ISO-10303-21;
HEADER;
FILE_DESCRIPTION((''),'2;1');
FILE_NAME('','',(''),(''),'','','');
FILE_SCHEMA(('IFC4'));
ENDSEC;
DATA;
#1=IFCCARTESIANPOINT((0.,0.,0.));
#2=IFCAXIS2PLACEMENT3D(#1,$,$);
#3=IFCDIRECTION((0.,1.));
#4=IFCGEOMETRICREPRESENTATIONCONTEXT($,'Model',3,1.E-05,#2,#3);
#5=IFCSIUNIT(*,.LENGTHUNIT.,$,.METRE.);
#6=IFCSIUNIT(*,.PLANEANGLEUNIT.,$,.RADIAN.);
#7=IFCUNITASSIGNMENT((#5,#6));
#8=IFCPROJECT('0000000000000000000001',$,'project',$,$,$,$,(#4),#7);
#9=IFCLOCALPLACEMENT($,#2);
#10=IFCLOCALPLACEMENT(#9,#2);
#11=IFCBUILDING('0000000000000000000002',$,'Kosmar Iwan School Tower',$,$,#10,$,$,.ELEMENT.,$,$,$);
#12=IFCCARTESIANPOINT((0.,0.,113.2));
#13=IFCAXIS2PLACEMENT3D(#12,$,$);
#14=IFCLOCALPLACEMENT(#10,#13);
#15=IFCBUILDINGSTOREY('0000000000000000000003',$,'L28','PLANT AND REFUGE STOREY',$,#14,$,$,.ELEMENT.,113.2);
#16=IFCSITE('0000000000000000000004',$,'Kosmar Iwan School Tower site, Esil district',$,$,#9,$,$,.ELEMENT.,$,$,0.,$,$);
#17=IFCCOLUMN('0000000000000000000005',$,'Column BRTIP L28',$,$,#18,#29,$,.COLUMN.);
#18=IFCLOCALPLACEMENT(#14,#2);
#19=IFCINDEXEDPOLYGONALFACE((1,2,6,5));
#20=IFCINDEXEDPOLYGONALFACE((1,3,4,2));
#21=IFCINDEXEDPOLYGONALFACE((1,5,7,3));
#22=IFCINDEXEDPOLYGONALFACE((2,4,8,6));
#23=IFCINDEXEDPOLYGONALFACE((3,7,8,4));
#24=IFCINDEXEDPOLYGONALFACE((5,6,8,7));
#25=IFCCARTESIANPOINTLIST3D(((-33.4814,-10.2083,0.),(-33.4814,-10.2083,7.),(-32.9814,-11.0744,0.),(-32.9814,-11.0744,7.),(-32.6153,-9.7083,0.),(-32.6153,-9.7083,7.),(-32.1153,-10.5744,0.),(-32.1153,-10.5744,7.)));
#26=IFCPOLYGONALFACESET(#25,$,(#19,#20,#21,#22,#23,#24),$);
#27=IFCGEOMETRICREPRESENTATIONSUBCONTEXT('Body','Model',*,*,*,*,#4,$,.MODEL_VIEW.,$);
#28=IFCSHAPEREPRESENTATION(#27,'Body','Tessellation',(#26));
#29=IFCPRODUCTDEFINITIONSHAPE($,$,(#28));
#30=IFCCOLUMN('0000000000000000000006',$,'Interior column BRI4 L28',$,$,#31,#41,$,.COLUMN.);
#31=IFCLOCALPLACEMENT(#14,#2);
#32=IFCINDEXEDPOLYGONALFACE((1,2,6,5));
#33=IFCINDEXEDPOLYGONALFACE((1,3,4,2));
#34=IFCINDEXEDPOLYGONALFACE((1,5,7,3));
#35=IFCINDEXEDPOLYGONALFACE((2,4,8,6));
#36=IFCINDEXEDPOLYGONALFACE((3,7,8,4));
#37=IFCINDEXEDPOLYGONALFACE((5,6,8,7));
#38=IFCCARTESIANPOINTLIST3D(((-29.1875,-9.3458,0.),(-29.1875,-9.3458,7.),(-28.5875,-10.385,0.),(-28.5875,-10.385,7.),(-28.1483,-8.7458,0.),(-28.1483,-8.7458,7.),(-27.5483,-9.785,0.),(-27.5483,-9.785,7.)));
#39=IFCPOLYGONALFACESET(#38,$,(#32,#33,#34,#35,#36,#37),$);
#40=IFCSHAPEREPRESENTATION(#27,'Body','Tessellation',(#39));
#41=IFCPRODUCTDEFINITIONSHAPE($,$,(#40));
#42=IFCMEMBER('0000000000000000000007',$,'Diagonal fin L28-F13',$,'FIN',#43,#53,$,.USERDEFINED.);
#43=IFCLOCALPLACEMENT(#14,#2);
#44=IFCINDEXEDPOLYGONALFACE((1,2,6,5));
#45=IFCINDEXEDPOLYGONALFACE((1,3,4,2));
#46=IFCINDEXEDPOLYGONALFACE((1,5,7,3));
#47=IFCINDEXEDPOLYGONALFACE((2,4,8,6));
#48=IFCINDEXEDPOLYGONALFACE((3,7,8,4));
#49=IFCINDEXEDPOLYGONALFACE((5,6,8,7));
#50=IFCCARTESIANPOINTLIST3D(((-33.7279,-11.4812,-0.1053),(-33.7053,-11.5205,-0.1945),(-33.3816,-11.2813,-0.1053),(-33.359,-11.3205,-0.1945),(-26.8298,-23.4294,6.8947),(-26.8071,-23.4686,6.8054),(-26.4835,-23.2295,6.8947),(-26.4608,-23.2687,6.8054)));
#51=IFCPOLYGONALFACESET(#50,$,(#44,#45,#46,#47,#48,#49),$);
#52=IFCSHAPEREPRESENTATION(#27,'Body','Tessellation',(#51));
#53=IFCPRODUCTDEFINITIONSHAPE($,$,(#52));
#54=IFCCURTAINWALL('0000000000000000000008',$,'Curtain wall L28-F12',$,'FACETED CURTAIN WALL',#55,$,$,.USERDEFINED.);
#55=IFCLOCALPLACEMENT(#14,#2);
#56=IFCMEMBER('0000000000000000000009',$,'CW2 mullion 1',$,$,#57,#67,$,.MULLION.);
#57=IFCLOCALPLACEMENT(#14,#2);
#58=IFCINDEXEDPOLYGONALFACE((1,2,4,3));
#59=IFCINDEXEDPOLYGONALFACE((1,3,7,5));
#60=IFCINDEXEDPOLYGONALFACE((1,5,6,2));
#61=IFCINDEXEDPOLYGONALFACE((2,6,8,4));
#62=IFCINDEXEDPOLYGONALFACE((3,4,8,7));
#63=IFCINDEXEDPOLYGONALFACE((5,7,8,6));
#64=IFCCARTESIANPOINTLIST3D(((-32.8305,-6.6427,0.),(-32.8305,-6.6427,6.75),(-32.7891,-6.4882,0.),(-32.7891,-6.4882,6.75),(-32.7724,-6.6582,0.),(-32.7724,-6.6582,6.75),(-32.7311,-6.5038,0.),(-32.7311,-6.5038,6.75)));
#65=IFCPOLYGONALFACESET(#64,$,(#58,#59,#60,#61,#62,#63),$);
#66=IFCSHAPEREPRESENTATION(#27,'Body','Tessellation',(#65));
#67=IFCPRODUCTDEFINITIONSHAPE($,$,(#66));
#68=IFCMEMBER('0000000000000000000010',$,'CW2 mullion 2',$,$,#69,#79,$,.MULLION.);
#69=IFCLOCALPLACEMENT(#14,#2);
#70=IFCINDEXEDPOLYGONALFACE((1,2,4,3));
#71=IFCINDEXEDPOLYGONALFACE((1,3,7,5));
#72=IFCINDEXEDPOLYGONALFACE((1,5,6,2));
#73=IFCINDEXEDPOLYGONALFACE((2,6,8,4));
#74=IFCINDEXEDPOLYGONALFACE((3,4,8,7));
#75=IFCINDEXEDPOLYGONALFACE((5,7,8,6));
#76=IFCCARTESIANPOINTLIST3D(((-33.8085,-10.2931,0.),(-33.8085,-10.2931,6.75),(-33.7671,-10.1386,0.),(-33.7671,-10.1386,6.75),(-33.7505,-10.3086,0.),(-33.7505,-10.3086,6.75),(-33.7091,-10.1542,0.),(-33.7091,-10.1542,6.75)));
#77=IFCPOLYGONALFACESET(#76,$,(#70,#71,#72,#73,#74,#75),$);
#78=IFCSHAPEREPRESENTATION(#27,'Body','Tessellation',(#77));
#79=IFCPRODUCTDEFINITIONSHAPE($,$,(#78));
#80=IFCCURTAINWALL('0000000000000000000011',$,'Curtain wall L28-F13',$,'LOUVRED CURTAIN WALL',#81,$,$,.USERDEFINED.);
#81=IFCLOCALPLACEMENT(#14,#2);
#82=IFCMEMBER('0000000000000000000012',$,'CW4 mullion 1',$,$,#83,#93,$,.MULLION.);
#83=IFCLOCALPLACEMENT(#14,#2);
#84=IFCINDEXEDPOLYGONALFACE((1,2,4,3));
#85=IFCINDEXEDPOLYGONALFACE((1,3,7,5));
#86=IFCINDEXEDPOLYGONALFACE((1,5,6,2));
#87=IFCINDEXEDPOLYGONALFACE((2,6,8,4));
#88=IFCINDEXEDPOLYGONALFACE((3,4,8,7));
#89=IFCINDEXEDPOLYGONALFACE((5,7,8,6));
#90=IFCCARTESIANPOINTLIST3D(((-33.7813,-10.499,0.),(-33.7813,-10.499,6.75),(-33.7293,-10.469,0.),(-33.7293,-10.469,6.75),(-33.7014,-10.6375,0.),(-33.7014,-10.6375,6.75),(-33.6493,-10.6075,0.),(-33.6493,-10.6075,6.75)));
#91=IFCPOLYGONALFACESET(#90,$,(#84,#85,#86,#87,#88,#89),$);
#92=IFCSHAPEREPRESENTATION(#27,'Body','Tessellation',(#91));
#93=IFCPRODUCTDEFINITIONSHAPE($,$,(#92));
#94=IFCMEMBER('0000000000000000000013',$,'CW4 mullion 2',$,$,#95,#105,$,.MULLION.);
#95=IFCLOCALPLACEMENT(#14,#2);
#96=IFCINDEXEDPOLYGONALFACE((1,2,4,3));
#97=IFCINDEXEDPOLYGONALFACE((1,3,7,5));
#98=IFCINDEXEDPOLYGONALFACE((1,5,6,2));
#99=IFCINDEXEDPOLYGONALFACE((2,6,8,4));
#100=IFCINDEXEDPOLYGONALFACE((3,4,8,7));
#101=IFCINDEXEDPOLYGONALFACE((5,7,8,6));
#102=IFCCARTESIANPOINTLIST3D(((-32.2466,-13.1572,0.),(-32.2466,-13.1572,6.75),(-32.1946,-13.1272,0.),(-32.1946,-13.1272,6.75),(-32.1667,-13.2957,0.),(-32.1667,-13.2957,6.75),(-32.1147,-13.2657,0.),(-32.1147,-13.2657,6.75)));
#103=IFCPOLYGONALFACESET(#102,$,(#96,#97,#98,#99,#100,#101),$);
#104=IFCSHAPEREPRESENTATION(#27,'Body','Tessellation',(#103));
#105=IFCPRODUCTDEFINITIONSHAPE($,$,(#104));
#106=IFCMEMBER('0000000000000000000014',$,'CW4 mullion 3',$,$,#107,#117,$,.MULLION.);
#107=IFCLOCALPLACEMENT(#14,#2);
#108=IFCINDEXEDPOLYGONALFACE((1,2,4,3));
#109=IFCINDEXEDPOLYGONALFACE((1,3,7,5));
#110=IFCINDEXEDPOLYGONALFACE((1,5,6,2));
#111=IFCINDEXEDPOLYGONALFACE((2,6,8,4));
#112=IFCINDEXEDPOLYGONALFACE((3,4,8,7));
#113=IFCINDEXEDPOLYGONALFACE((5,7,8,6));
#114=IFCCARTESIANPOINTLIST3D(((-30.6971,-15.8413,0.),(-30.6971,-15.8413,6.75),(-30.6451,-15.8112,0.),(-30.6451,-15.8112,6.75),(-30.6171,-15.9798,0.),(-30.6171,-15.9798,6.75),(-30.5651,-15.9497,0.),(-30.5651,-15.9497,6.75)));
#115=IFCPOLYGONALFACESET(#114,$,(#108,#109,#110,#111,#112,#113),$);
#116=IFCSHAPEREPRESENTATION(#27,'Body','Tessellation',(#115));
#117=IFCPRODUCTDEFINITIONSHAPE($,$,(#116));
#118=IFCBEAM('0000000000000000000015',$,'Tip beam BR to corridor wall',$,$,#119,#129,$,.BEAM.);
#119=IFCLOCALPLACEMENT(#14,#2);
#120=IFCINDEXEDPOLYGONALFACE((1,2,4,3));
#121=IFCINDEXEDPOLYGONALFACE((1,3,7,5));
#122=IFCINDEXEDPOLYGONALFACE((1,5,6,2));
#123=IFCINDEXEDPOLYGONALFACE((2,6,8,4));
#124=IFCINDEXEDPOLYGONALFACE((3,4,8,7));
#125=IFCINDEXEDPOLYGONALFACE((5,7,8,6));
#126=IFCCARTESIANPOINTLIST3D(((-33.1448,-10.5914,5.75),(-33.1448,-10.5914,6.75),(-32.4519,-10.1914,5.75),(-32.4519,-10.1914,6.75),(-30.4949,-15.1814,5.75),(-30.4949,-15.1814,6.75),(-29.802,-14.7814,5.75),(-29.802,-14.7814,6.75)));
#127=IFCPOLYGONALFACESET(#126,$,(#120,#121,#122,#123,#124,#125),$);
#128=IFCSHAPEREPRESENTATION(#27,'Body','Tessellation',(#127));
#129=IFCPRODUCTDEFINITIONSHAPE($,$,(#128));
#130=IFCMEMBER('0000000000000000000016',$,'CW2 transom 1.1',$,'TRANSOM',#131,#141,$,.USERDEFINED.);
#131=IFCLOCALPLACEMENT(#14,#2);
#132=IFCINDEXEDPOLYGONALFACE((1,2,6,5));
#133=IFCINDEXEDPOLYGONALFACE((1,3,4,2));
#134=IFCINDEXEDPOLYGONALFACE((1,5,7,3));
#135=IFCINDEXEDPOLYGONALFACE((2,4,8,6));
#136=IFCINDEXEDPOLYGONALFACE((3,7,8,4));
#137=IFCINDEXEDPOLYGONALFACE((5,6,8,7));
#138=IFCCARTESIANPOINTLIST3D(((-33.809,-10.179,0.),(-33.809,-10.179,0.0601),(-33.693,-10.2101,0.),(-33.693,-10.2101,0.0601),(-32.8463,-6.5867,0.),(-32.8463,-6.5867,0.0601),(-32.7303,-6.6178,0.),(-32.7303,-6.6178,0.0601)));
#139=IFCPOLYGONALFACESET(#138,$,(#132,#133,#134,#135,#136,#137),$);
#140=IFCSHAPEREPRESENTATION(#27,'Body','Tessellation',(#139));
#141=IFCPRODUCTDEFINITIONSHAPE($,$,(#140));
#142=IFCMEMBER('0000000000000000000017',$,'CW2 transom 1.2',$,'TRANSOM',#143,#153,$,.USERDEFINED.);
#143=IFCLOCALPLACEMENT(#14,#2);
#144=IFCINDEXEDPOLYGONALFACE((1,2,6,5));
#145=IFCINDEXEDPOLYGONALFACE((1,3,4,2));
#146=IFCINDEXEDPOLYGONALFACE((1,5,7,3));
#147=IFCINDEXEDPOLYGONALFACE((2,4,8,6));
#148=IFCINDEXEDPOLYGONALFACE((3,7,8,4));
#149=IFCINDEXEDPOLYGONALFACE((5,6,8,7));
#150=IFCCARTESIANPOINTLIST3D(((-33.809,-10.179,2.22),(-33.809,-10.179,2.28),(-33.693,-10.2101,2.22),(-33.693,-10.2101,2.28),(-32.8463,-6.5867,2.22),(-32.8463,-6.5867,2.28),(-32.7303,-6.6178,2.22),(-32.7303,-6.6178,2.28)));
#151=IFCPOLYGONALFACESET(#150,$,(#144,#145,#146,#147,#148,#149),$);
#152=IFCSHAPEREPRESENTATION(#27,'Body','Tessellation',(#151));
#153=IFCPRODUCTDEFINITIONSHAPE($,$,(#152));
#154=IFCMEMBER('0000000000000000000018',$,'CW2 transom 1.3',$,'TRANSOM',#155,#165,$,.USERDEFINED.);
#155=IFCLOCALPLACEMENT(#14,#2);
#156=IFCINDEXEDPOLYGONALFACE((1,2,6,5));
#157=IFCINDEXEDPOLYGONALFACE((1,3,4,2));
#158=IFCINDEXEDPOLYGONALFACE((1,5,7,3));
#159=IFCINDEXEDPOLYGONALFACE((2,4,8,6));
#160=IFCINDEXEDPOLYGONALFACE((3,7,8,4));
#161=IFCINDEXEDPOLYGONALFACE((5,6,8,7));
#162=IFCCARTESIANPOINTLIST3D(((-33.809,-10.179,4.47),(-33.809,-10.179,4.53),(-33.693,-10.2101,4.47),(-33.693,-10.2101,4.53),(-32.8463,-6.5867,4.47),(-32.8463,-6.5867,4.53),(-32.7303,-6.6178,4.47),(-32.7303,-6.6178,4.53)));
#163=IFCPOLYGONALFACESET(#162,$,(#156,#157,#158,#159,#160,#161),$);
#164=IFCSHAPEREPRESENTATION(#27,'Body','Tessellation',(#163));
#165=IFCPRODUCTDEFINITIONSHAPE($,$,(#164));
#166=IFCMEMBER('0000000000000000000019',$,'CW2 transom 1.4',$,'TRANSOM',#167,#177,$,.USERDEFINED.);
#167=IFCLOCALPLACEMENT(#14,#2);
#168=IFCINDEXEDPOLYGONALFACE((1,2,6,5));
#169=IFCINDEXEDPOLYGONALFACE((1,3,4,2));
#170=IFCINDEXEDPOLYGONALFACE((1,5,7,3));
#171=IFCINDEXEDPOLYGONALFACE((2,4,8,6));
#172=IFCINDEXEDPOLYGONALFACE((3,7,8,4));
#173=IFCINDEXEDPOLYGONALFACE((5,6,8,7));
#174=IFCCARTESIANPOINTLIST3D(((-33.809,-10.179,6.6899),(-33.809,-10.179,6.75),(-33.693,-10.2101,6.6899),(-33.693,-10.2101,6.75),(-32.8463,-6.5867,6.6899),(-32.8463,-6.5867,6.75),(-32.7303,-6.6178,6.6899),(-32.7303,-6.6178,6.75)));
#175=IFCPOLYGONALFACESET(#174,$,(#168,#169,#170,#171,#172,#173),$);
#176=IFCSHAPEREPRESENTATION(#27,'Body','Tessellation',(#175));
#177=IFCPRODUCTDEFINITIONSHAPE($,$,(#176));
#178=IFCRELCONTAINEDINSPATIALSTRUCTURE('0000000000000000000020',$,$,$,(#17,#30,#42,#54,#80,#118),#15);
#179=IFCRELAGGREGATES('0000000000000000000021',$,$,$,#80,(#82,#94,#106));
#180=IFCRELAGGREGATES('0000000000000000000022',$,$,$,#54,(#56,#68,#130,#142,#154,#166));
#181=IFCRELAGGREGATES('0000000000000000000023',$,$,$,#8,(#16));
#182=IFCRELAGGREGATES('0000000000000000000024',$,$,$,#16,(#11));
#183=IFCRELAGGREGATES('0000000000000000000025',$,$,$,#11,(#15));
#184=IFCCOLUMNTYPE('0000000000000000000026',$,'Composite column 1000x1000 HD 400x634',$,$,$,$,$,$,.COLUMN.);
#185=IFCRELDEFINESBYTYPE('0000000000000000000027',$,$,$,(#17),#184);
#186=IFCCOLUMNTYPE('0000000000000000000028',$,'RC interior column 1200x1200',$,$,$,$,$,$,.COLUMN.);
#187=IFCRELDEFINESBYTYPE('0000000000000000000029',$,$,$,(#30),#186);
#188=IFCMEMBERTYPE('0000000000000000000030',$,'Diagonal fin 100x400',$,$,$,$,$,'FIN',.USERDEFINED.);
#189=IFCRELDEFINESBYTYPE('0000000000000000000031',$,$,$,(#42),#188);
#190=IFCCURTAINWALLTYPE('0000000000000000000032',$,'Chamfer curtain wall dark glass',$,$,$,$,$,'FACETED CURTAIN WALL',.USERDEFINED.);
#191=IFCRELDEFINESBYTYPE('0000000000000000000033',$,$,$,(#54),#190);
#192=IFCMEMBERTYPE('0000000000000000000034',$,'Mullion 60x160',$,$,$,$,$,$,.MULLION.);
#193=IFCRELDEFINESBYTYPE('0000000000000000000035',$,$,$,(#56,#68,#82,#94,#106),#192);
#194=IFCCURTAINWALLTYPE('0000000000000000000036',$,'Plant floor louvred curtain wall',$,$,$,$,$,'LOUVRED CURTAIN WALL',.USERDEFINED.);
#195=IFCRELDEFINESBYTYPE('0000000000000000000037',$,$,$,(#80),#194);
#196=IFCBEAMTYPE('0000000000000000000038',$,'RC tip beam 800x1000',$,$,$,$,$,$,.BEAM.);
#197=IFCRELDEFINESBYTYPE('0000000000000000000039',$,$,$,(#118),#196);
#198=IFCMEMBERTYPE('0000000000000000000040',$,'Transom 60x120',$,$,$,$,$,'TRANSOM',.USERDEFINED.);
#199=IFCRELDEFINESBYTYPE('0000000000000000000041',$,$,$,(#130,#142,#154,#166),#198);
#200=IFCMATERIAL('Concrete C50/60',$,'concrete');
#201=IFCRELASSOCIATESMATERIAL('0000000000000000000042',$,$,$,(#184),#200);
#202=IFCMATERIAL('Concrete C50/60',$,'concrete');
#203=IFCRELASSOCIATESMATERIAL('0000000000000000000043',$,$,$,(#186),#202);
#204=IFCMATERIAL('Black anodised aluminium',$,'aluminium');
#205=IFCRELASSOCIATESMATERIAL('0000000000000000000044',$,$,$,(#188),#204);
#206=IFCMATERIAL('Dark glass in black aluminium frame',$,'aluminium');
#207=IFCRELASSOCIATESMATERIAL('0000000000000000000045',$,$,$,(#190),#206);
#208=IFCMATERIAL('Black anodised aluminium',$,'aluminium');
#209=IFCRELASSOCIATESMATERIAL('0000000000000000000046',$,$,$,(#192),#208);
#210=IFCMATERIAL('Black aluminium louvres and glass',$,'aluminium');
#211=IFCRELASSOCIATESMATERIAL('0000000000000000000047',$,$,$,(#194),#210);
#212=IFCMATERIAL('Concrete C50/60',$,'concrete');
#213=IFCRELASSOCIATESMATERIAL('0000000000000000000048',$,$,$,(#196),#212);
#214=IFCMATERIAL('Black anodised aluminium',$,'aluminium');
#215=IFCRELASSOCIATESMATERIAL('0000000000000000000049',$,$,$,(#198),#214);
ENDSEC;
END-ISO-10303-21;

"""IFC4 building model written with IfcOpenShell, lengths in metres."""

from ifc_helpers import new_model, si_unit, direction, frame, origin, origin_2d, place, context, subcontext, project, spatial, rectangle, extrude, material, material_profile, profile_set, type_object, element, aggregate, save


model = new_model("IFC4")

# Units and contexts
model_context = context("Model", 3, precision=1e-05, world=origin(), true_north=direction((0.0, 1.0)))
body_context = subcontext(model_context, "Body", "Model", "MODEL_VIEW")
ifc_project = project(units=[si_unit("LENGTHUNIT", "METRE"), si_unit("PLANEANGLEUNIT", "RADIAN")], contexts=[model_context])

# Site, building, storey
site_placement = place(None, origin())
site = spatial("IfcSite", under=ifc_project, at=site_placement, Name="Kosmar Iwan School Tower site, Esil district", CompositionType="ELEMENT", RefElevation=0.0)
building_placement = place(site_placement, origin())
building = spatial("IfcBuilding", under=site, at=building_placement, Name="Kosmar Iwan School Tower", CompositionType="ELEMENT")
storey_placement = place(building_placement, frame((0.0, 0.0, 113.2)))
storey = spatial("IfcBuildingStorey", under=building, at=storey_placement, Name="L28", Description="PLANT AND REFUGE STOREY", CompositionType="ELEMENT", Elevation=113.2)

# Columns
ifc_material_1 = material(Name="Concrete C50/60", Category="concrete")
ifc_material_profile_1 = material_profile(ifc_material_1, rectangle(XDim=1.0, YDim=1.0, at=origin_2d()), Name="RC 1000x1000 + HD 400x634")
ifc_profile_set_1 = profile_set([ifc_material_profile_1], Name="Concrete C50/60")
column_type_1 = type_object("IfcColumnType", Name="Composite column 1000x1000 HD 400x634", PredefinedType="COLUMN", material=ifc_profile_set_1)
column_1_placement = place(storey_placement, frame((-32.7983, -10.3914, 0.0), z_axis=(0.0, 0.0, 1.0), x_axis=(-0.866025, -0.5, 0.0)))
element("IfcColumn", 1, at=column_1_placement, inside=storey, type_object=column_type_1, Name="Column BRTIP L28", PredefinedType="COLUMN", context=body_context, shape_type="SweptSolid", body=[
    extrude(rectangle(XDim=1.0, YDim=1.0, at=origin_2d()), origin(), (0.0, 0.0, 1.0), 7.0),
])
ifc_material_2 = material(Name="Concrete C50/60", Category="concrete")
ifc_material_profile_2 = material_profile(ifc_material_2, rectangle(XDim=1.2, YDim=1.2, at=origin_2d()), Name="RC 1200x1200")
ifc_profile_set_2 = profile_set([ifc_material_profile_2], Name="Concrete C50/60")
column_type_2 = type_object("IfcColumnType", Name="RC interior column 1200x1200", PredefinedType="COLUMN", material=ifc_profile_set_2)
column_2_placement = place(storey_placement, frame((-28.3679, -9.5654, 0.0), z_axis=(0.0, 0.0, 1.0), x_axis=(-0.866025, -0.5, 0.0)))
element("IfcColumn", 2, at=column_2_placement, inside=storey, type_object=column_type_2, Name="Interior column BRI4 L28", PredefinedType="COLUMN", context=body_context, shape_type="SweptSolid", body=[
    extrude(rectangle(XDim=1.2, YDim=1.2, at=origin_2d()), origin(), (0.0, 0.0, 1.0), 7.0),
])

# Member
ifc_material_3 = material(Name="Black anodised aluminium", Category="aluminium")
ifc_material_profile_3 = material_profile(ifc_material_3, rectangle(XDim=0.1001, YDim=0.3999, at=origin_2d()), Name="FIN 100x400")
ifc_profile_set_3 = profile_set([ifc_material_profile_3], Name="Black anodised aluminium")
member_type_1 = type_object("IfcMemberType", Name="Diagonal fin 100x400", ElementType="FIN", PredefinedType="USERDEFINED", material=ifc_profile_set_3)
member_1_placement = place(storey_placement, frame((-33.5435, -11.4009, -0.1499), z_axis=(0.445885, -0.772309, 0.452465), x_axis=(-0.22623, 0.391848, 0.891782)))
element("IfcMember", 3, at=member_1_placement, inside=storey, type_object=member_type_1, Name="Diagonal fin L28-F13", ObjectType="FIN", PredefinedType="USERDEFINED", context=body_context, shape_type="SweptSolid", body=[
    extrude(rectangle(XDim=0.1001, YDim=0.3999, at=origin_2d()), origin(), (0.0, 0.0, 1.0), 15.4707),
])

# Curtain walls, members
ifc_material_4 = material(Name="Dark glass in black aluminium frame", Category="aluminium")
curtain_wall_type_1 = type_object("IfcCurtainWallType", Name="Chamfer curtain wall dark glass", ElementType="FACETED CURTAIN WALL", PredefinedType="USERDEFINED", material=ifc_material_4)
curtain_wall_1_placement = place(storey_placement, origin())
curtain_wall_1 = element("IfcCurtainWall", 4, at=curtain_wall_1_placement, inside=storey, type_object=curtain_wall_type_1, Name="Curtain wall L28-F12", ObjectType="FACETED CURTAIN WALL", PredefinedType="USERDEFINED")
ifc_material_5 = material(Name="Black anodised aluminium", Category="aluminium")
ifc_material_profile_4 = material_profile(ifc_material_5, rectangle(XDim=0.0601, YDim=0.1599, at=origin_2d()), Name="MULLION 60x160")
ifc_profile_set_4 = profile_set([ifc_material_profile_4], Name="Black anodised aluminium")
member_type_2 = type_object("IfcMemberType", Name="Mullion 60x160", PredefinedType="MULLION", material=ifc_profile_set_4)
member_2_placement = place(storey_placement, frame((-32.7808, -6.5732, 0.0), z_axis=(0.0, 0.0, 1.0), x_axis=(0.965926, -0.258819, 0.0)))
member_2 = element("IfcMember", 5, at=member_2_placement, type_object=member_type_2, Name="CW2 mullion 1", PredefinedType="MULLION", context=body_context, shape_type="SweptSolid", body=[
    extrude(rectangle(XDim=0.0601, YDim=0.1599, at=origin_2d()), origin(), (0.0, 0.0, 1.0), 6.75),
])
member_3_placement = place(storey_placement, frame((-33.7588, -10.2236, 0.0), z_axis=(0.0, 0.0, 1.0), x_axis=(0.965926, -0.258819, 0.0)))
member_3 = element("IfcMember", 6, at=member_3_placement, type_object=member_type_2, Name="CW2 mullion 2", PredefinedType="MULLION", context=body_context, shape_type="SweptSolid", body=[
    extrude(rectangle(XDim=0.0601, YDim=0.1599, at=origin_2d()), origin(), (0.0, 0.0, 1.0), 6.75),
])
ifc_material_6 = material(Name="Black aluminium louvres and glass", Category="aluminium")
curtain_wall_type_2 = type_object("IfcCurtainWallType", Name="Plant floor louvred curtain wall", ElementType="LOUVRED CURTAIN WALL", PredefinedType="USERDEFINED", material=ifc_material_6)
curtain_wall_2_placement = place(storey_placement, origin())
curtain_wall_2 = element("IfcCurtainWall", 7, at=curtain_wall_2_placement, inside=storey, type_object=curtain_wall_type_2, Name="Curtain wall L28-F13", ObjectType="LOUVRED CURTAIN WALL", PredefinedType="USERDEFINED")
member_4_placement = place(storey_placement, frame((-33.7153, -10.5532, 0.0), z_axis=(0.0, 0.0, 1.0), x_axis=(0.866025, 0.5, 0.0)))
member_4 = element("IfcMember", 8, at=member_4_placement, type_object=member_type_2, Name="CW4 mullion 1", PredefinedType="MULLION", context=body_context, shape_type="SweptSolid", body=[
    extrude(rectangle(XDim=0.0601, YDim=0.1599, at=origin_2d()), origin(), (0.0, 0.0, 1.0), 6.75),
])
member_5_placement = place(storey_placement, frame((-32.1807, -13.2114, 0.0), z_axis=(0.0, 0.0, 1.0), x_axis=(0.866025, 0.5, 0.0)))
member_5 = element("IfcMember", 9, at=member_5_placement, type_object=member_type_2, Name="CW4 mullion 2", PredefinedType="MULLION", context=body_context, shape_type="SweptSolid", body=[
    extrude(rectangle(XDim=0.0601, YDim=0.1599, at=origin_2d()), origin(), (0.0, 0.0, 1.0), 6.75),
])
member_6_placement = place(storey_placement, frame((-30.6311, -15.8955, 0.0), z_axis=(0.0, 0.0, 1.0), x_axis=(0.866025, 0.5, 0.0)))
member_6 = element("IfcMember", 10, at=member_6_placement, type_object=member_type_2, Name="CW4 mullion 3", PredefinedType="MULLION", context=body_context, shape_type="SweptSolid", body=[
    extrude(rectangle(XDim=0.0601, YDim=0.1599, at=origin_2d()), origin(), (0.0, 0.0, 1.0), 6.75),
])

# Beam
ifc_material_7 = material(Name="Concrete C50/60", Category="concrete")
ifc_material_profile_5 = material_profile(ifc_material_7, rectangle(XDim=0.8, YDim=1.0, at=origin_2d()), Name="RC 800x1000")
ifc_profile_set_5 = profile_set([ifc_material_profile_5], Name="Concrete C50/60")
beam_type = type_object("IfcBeamType", Name="RC tip beam 800x1000", PredefinedType="BEAM", material=ifc_profile_set_5)
beam_placement = place(storey_placement, frame((-32.7983, -10.3914, 6.25), z_axis=(0.499974, -0.866041, 0.0), x_axis=(0.866041, 0.499974, 0.0)))
element("IfcBeam", 11, at=beam_placement, inside=storey, type_object=beam_type, Name="Tip beam BR to corridor wall", PredefinedType="BEAM", context=body_context, shape_type="SweptSolid", body=[
    extrude(rectangle(XDim=0.8, YDim=1.0, at=origin_2d()), origin(), (0.0, 0.0, 1.0), 5.3),
])

# Members
ifc_material_8 = material(Name="Black anodised aluminium", Category="aluminium")
ifc_material_profile_6 = material_profile(ifc_material_8, rectangle(XDim=0.1201, YDim=0.0601, at=origin_2d()), Name="TRANSOM 60x120")
ifc_profile_set_6 = profile_set([ifc_material_profile_6], Name="Black anodised aluminium")
member_type_3 = type_object("IfcMemberType", Name="Transom 60x120", ElementType="TRANSOM", PredefinedType="USERDEFINED", material=ifc_profile_set_6)
member_7_placement = place(storey_placement, frame((-32.7883, -6.6023, 0.03), z_axis=(-0.258843, -0.965919, 0.0), x_axis=(0.965919, -0.258843, 0.0)))
member_7 = element("IfcMember", 12, at=member_7_placement, type_object=member_type_3, Name="CW2 transom 1.1", ObjectType="TRANSOM", PredefinedType="USERDEFINED", context=body_context, shape_type="SweptSolid", body=[
    extrude(rectangle(XDim=0.1201, YDim=0.0601, at=origin_2d()), origin(), (0.0, 0.0, 1.0), 3.719),
])
member_8_placement = place(storey_placement, frame((-32.7883, -6.6023, 2.25), z_axis=(-0.258843, -0.965919, 0.0), x_axis=(0.965919, -0.258843, 0.0)))
member_8 = element("IfcMember", 13, at=member_8_placement, type_object=member_type_3, Name="CW2 transom 1.2", ObjectType="TRANSOM", PredefinedType="USERDEFINED", context=body_context, shape_type="SweptSolid", body=[
    extrude(rectangle(XDim=0.1201, YDim=0.0601, at=origin_2d()), origin(), (0.0, 0.0, 1.0), 3.719),
])
member_9_placement = place(storey_placement, frame((-32.7883, -6.6023, 4.5), z_axis=(-0.258843, -0.965919, 0.0), x_axis=(0.965919, -0.258843, 0.0)))
member_9 = element("IfcMember", 14, at=member_9_placement, type_object=member_type_3, Name="CW2 transom 1.3", ObjectType="TRANSOM", PredefinedType="USERDEFINED", context=body_context, shape_type="SweptSolid", body=[
    extrude(rectangle(XDim=0.1201, YDim=0.0601, at=origin_2d()), origin(), (0.0, 0.0, 1.0), 3.719),
])
member_10_placement = place(storey_placement, frame((-32.7883, -6.6023, 6.72), z_axis=(-0.258843, -0.965919, 0.0), x_axis=(0.965919, -0.258843, 0.0)))
member_10 = element("IfcMember", 15, at=member_10_placement, type_object=member_type_3, Name="CW2 transom 1.4", ObjectType="TRANSOM", PredefinedType="USERDEFINED", context=body_context, shape_type="SweptSolid", body=[
    extrude(rectangle(XDim=0.1201, YDim=0.0601, at=origin_2d()), origin(), (0.0, 0.0, 1.0), 3.719),
])

aggregate(curtain_wall_2, [member_4, member_5, member_6])
aggregate(curtain_wall_1, [member_2, member_3, member_7, member_8, member_9, member_10])

save(model, "model.ifc")
